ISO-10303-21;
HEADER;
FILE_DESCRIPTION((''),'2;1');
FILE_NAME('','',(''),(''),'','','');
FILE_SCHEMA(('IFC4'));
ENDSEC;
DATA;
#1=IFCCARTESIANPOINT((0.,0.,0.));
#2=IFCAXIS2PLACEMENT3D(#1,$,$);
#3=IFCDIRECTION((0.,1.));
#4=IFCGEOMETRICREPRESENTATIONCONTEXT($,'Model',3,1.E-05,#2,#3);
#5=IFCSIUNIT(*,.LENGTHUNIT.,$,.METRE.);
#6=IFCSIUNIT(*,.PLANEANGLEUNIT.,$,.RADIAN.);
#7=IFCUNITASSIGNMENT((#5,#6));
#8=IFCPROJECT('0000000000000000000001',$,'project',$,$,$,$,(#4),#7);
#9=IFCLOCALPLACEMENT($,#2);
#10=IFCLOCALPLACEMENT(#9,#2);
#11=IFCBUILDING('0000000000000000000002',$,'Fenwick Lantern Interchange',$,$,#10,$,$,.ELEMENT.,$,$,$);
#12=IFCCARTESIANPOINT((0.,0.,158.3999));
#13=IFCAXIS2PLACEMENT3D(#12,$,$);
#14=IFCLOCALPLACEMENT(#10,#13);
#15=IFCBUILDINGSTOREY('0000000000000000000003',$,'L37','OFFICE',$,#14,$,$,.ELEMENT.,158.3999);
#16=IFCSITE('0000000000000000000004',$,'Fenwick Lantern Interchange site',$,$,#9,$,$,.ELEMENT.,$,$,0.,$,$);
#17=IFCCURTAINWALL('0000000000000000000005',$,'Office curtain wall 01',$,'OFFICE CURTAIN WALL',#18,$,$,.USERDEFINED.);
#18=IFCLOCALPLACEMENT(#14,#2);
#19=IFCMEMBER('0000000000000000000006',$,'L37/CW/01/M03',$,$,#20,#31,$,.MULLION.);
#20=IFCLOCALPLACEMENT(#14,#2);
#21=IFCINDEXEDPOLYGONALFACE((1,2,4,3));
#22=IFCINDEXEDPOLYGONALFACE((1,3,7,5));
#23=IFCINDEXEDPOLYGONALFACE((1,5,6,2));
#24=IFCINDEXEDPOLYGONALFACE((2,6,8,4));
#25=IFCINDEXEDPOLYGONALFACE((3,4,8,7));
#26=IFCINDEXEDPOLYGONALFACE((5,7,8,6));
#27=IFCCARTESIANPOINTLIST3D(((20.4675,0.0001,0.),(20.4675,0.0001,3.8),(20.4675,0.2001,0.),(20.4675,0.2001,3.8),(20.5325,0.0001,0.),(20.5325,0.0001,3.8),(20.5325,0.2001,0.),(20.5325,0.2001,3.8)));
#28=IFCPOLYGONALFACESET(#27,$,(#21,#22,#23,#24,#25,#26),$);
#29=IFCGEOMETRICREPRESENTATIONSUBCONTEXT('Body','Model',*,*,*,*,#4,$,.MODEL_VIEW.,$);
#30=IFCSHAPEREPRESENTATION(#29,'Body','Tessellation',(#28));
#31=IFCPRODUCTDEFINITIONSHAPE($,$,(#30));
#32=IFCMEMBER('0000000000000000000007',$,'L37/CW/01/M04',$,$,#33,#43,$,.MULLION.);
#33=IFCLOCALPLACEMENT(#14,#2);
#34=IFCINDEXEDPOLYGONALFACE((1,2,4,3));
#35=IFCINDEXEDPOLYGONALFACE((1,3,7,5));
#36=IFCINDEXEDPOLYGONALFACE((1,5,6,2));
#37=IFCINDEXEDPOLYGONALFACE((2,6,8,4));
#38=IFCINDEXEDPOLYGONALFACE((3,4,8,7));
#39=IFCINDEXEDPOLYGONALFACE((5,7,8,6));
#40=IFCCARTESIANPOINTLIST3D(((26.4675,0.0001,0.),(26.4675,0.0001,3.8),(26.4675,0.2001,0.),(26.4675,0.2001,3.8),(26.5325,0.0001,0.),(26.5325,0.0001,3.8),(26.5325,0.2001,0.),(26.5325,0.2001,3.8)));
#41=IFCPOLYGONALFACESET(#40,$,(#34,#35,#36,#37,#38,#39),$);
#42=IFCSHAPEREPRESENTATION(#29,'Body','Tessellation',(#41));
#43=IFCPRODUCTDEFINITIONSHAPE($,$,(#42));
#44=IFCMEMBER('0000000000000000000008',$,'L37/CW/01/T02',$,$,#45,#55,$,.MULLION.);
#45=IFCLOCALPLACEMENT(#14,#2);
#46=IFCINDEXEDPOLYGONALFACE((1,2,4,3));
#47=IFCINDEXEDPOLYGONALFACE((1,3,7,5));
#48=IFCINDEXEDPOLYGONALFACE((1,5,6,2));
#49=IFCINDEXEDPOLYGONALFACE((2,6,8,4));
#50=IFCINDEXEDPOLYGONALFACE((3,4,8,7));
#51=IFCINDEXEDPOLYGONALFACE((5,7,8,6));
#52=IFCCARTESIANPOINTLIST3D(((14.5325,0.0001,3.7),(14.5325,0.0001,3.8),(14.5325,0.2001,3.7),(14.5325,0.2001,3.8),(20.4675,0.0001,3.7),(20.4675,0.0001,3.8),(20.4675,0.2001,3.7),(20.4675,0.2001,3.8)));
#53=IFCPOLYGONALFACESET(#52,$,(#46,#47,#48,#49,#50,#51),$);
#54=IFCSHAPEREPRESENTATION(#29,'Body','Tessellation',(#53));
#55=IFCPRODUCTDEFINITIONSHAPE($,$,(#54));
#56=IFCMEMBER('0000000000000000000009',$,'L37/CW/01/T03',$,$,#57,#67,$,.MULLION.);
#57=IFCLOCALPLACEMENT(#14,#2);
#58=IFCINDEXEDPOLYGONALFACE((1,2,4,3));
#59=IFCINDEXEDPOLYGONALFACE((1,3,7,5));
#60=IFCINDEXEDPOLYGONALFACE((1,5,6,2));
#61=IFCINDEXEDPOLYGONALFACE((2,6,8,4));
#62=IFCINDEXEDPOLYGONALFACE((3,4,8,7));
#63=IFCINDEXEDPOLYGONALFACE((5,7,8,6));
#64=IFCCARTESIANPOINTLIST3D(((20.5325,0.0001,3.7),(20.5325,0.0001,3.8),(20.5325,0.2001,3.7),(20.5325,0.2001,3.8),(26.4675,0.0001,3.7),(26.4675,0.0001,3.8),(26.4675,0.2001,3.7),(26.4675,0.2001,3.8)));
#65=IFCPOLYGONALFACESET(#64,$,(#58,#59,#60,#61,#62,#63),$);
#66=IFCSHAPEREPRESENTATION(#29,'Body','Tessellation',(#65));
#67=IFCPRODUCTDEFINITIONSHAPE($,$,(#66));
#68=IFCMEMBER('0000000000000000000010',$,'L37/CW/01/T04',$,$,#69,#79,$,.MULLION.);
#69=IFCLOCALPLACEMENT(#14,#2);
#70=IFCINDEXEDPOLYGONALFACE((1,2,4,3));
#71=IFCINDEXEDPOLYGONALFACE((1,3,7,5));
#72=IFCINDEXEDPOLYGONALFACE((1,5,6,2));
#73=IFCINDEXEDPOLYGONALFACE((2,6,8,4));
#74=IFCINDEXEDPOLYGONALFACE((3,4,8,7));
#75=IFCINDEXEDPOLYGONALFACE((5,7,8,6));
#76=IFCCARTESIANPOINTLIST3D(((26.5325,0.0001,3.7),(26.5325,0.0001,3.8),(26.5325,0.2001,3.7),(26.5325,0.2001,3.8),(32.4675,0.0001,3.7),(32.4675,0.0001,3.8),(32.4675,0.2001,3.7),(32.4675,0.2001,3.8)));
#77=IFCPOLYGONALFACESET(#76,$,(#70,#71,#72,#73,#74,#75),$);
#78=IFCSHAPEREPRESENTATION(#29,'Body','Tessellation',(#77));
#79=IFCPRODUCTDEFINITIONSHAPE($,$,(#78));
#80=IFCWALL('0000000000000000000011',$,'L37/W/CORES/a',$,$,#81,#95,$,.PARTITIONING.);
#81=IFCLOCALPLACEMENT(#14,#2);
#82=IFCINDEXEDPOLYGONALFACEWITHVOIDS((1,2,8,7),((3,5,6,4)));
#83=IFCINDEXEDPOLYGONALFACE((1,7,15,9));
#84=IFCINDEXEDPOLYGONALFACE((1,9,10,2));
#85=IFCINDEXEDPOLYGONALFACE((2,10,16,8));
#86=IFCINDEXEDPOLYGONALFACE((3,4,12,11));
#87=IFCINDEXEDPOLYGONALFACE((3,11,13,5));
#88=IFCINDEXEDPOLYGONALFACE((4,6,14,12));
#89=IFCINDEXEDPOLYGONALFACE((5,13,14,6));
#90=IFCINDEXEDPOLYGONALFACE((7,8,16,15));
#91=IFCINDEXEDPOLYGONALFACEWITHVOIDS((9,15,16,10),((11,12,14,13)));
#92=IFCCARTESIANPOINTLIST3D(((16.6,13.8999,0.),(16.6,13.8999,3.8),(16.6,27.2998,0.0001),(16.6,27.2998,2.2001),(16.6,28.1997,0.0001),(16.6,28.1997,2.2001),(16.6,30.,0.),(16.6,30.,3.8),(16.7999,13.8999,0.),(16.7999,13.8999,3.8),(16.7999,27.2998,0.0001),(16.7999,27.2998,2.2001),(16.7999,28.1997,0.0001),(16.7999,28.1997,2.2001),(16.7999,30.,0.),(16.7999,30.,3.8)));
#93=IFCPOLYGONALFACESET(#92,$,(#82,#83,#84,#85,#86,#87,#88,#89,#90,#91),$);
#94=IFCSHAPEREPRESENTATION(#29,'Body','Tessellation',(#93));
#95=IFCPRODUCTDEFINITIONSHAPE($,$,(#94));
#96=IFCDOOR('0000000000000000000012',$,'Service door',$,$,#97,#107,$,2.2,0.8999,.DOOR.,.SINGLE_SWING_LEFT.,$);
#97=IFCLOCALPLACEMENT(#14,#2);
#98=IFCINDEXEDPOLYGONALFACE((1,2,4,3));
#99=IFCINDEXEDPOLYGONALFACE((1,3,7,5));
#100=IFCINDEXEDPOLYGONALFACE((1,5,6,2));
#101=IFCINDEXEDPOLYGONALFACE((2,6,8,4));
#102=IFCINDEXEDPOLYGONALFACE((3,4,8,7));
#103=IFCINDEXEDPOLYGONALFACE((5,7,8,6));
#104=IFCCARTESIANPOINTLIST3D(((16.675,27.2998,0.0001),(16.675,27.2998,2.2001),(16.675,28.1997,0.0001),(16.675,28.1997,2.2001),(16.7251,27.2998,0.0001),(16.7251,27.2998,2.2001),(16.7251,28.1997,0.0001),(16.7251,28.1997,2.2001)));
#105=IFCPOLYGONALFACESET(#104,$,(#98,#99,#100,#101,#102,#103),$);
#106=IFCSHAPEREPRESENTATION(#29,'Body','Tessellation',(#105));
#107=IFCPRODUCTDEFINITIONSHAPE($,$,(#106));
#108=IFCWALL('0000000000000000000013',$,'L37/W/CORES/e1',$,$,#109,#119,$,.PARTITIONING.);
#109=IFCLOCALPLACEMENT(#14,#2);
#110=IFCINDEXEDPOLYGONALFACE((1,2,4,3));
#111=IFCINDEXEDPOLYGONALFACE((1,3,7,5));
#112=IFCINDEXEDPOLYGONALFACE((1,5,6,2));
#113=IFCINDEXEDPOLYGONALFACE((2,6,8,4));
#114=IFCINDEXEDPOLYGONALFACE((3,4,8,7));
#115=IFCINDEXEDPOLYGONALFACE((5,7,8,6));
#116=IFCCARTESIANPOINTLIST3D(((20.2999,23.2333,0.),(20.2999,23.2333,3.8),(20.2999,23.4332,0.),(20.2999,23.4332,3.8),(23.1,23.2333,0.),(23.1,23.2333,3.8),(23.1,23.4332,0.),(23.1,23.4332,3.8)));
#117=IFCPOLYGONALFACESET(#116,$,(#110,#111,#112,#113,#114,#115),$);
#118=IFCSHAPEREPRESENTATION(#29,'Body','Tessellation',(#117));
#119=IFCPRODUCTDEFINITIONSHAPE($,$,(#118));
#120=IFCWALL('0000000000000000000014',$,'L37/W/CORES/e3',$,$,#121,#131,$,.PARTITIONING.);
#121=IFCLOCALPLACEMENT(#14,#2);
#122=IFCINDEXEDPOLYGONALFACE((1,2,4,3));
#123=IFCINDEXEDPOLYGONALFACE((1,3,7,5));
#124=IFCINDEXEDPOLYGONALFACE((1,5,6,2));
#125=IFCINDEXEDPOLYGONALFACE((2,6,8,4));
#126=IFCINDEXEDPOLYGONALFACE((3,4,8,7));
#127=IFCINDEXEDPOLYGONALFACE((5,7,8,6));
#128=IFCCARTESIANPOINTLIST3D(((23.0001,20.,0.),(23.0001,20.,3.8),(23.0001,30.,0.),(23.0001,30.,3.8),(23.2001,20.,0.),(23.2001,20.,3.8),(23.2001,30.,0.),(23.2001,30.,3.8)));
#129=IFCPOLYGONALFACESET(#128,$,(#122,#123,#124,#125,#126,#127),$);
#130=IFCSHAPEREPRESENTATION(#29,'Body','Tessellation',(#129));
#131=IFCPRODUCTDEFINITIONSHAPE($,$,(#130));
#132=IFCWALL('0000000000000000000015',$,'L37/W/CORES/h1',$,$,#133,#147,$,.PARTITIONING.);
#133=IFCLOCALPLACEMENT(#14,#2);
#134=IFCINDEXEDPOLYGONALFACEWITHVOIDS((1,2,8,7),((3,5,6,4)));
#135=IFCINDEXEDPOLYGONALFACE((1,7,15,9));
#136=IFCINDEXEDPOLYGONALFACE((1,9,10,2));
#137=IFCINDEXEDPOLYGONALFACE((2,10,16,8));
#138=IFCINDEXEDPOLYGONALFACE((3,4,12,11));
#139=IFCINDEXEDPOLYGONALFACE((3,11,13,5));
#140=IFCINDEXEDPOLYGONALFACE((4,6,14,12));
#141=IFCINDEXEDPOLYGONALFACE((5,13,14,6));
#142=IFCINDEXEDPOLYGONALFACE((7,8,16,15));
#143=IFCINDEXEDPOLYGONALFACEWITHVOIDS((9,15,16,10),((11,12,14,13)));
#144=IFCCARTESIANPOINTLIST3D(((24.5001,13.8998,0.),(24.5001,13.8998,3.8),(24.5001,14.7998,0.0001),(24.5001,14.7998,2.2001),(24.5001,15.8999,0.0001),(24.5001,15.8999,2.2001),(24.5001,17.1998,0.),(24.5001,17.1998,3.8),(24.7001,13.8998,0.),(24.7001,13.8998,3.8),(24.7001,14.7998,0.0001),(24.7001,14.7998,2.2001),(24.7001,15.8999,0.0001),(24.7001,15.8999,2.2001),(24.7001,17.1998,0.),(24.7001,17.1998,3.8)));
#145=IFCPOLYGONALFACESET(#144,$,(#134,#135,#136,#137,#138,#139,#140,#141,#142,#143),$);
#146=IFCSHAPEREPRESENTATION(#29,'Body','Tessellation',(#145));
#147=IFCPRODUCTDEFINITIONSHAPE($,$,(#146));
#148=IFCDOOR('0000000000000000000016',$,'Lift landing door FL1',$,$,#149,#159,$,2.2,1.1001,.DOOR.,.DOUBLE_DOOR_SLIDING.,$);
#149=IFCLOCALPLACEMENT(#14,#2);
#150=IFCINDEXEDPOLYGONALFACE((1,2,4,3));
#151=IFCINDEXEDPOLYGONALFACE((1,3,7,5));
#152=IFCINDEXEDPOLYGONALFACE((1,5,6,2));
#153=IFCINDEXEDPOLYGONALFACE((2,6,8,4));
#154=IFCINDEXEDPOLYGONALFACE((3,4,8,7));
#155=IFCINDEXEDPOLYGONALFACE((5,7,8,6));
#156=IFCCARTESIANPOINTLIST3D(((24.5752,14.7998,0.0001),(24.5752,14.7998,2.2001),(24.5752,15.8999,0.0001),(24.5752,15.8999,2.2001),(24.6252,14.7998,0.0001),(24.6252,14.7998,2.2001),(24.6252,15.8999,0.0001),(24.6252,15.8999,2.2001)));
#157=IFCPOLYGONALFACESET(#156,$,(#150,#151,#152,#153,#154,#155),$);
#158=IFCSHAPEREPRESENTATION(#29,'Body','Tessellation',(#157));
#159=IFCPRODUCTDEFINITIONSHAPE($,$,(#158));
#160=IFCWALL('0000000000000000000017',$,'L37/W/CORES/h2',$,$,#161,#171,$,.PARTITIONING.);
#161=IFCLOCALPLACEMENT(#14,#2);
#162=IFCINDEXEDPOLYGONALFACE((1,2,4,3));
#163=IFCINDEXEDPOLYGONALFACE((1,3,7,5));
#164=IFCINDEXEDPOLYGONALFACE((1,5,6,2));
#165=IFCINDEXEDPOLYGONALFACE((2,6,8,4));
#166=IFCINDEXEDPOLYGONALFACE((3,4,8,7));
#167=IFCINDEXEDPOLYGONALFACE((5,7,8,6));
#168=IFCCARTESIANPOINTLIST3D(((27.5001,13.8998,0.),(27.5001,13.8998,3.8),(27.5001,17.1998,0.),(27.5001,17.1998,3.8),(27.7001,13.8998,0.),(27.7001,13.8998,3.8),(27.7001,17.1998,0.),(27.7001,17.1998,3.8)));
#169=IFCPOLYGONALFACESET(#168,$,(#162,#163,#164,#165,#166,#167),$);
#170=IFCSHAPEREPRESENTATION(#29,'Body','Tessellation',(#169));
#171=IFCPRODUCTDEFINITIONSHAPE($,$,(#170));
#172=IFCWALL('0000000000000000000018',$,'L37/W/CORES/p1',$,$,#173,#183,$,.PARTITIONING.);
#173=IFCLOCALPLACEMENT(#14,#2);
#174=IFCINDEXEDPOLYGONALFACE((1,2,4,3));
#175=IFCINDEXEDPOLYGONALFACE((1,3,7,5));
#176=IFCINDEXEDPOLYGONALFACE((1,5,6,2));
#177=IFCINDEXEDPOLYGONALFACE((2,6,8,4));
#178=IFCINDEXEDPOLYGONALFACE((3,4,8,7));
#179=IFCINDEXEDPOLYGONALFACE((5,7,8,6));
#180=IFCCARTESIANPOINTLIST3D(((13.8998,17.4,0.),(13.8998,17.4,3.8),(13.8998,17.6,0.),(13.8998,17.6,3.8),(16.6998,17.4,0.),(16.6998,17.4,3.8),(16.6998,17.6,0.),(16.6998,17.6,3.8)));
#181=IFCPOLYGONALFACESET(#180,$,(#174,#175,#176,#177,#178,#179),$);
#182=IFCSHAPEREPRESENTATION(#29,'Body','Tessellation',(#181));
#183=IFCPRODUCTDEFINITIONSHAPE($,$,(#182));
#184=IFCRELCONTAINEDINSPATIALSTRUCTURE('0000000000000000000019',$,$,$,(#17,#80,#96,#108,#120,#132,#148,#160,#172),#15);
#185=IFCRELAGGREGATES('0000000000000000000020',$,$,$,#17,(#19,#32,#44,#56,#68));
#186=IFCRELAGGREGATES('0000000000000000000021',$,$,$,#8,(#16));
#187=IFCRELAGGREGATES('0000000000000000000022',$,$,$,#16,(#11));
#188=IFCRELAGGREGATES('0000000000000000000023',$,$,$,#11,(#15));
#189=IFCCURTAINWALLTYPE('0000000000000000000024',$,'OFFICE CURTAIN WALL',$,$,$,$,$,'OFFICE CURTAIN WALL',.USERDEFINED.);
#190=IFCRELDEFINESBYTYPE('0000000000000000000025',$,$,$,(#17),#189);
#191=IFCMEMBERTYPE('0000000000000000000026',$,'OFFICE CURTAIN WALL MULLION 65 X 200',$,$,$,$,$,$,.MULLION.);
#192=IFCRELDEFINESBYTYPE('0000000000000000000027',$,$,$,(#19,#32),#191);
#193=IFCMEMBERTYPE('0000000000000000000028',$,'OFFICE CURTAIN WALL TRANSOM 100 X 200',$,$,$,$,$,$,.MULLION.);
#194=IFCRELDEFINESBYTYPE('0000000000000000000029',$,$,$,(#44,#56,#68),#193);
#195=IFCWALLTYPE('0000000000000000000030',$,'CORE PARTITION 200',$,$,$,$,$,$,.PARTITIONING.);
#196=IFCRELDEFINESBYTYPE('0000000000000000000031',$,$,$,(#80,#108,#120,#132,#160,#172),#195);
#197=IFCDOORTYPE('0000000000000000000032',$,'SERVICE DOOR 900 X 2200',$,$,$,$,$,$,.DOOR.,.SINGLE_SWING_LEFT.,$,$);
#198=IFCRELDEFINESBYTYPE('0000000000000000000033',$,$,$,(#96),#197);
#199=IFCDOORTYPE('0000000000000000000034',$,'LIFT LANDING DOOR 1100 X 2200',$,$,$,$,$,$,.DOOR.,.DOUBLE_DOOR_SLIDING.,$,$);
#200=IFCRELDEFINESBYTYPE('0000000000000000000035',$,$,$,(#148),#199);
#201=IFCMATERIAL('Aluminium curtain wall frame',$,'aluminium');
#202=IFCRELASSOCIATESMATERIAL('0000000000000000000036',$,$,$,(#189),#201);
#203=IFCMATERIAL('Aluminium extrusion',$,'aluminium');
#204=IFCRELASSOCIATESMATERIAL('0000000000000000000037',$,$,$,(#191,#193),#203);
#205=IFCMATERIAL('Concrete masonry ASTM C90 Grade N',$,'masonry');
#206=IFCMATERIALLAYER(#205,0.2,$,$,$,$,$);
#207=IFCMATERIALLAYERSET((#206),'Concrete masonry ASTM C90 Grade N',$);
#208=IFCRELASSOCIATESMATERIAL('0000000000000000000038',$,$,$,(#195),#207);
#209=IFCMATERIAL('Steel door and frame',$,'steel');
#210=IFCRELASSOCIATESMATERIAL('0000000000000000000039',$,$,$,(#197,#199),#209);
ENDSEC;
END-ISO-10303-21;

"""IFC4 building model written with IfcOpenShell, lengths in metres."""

from ifc_helpers import new_model, si_unit, direction, frame, frame_2d, origin, origin_2d, place, context, subcontext, project, spatial, rectangle, extrude, material, layer, layer_set, material_profile, profile_set, type_object, element, fill, aggregate, save


model = new_model("IFC4")

# Units and contexts
model_context = context("Model", 3, precision=1e-05, world=origin(), true_north=direction((0.0, 1.0)))
body_context = subcontext(model_context, "Body", "Model", "MODEL_VIEW")
ifc_project = project(units=[si_unit("LENGTHUNIT", "METRE"), si_unit("PLANEANGLEUNIT", "RADIAN")], contexts=[model_context])

# Site, building, storey
site_placement = place(None, origin())
site = spatial("IfcSite", under=ifc_project, at=site_placement, Name="Fenwick Lantern Interchange site", CompositionType="ELEMENT", RefElevation=0.0)
building_placement = place(site_placement, origin())
building = spatial("IfcBuilding", under=site, at=building_placement, Name="Fenwick Lantern Interchange", CompositionType="ELEMENT")
storey_placement = place(building_placement, frame((0.0, 0.0, 158.3999)))
storey = spatial("IfcBuildingStorey", under=building, at=storey_placement, Name="L37", Description="OFFICE", CompositionType="ELEMENT", Elevation=158.3999)

# Curtain wall, members
ifc_material_1 = material(Name="Aluminium curtain wall frame", Category="aluminium")
curtain_wall_type = type_object("IfcCurtainWallType", Name="OFFICE CURTAIN WALL", ElementType="OFFICE CURTAIN WALL", PredefinedType="USERDEFINED", material=ifc_material_1)
curtain_wall_placement = place(storey_placement, origin())
curtain_wall = element("IfcCurtainWall", 1, at=curtain_wall_placement, inside=storey, type_object=curtain_wall_type, Name="Office curtain wall 01", ObjectType="OFFICE CURTAIN WALL", PredefinedType="USERDEFINED")
ifc_material_2 = material(Name="Aluminium extrusion", Category="aluminium")
ifc_material_profile_1 = material_profile(ifc_material_2, rectangle(XDim=0.2, YDim=0.0649, at=origin_2d()), Name="OFFICE CURTAIN WALL MULLION 65 X 200")
ifc_profile_set_1 = profile_set([ifc_material_profile_1], Name="Aluminium extrusion")
member_type_1 = type_object("IfcMemberType", Name="OFFICE CURTAIN WALL MULLION 65 X 200", PredefinedType="MULLION", material=ifc_profile_set_1)
member_1_placement = place(storey_placement, frame((20.5, 0.1001, 0.0), z_axis=(0.0, 0.0, 1.0), x_axis=(0.0, 1.0, 0.0)))
member_1 = element("IfcMember", 2, at=member_1_placement, type_object=member_type_1, Name="L37/CW/01/M03", PredefinedType="MULLION", context=body_context, shape_type="SweptSolid", body=[
    extrude(rectangle(XDim=0.2, YDim=0.0649, at=origin_2d()), origin(), (0.0, 0.0, 1.0), 3.8),
])
member_2_placement = place(storey_placement, frame((26.5, 0.1001, 0.0), z_axis=(0.0, 0.0, 1.0), x_axis=(0.0, 1.0, 0.0)))
member_2 = element("IfcMember", 3, at=member_2_placement, type_object=member_type_1, Name="L37/CW/01/M04", PredefinedType="MULLION", context=body_context, shape_type="SweptSolid", body=[
    extrude(rectangle(XDim=0.2, YDim=0.0649, at=origin_2d()), origin(), (0.0, 0.0, 1.0), 3.8),
])
ifc_material_profile_2 = material_profile(ifc_material_2, rectangle(XDim=0.2, YDim=0.1001, at=origin_2d()), Name="OFFICE CURTAIN WALL TRANSOM 100 X 200")
ifc_profile_set_2 = profile_set([ifc_material_profile_2], Name="Aluminium extrusion")
member_type_2 = type_object("IfcMemberType", Name="OFFICE CURTAIN WALL TRANSOM 100 X 200", PredefinedType="MULLION", material=ifc_profile_set_2)
member_3_placement = place(storey_placement, frame((14.5325, 0.1001, 3.75), z_axis=(1.0, 0.0, 0.0), x_axis=(0.0, 1.0, 0.0)))
member_3 = element("IfcMember", 4, at=member_3_placement, type_object=member_type_2, Name="L37/CW/01/T02", PredefinedType="MULLION", context=body_context, shape_type="SweptSolid", body=[
    extrude(rectangle(XDim=0.2, YDim=0.1001, at=origin_2d()), origin(), (0.0, 0.0, 1.0), 5.9351),
])
member_4_placement = place(storey_placement, frame((20.5325, 0.1001, 3.75), z_axis=(1.0, 0.0, 0.0), x_axis=(0.0, 1.0, 0.0)))
member_4 = element("IfcMember", 5, at=member_4_placement, type_object=member_type_2, Name="L37/CW/01/T03", PredefinedType="MULLION", context=body_context, shape_type="SweptSolid", body=[
    extrude(rectangle(XDim=0.2, YDim=0.1001, at=origin_2d()), origin(), (0.0, 0.0, 1.0), 5.9351),
])
member_5_placement = place(storey_placement, frame((26.5325, 0.1001, 3.75), z_axis=(1.0, 0.0, 0.0), x_axis=(0.0, 1.0, 0.0)))
member_5 = element("IfcMember", 6, at=member_5_placement, type_object=member_type_2, Name="L37/CW/01/T04", PredefinedType="MULLION", context=body_context, shape_type="SweptSolid", body=[
    extrude(rectangle(XDim=0.2, YDim=0.1001, at=origin_2d()), origin(), (0.0, 0.0, 1.0), 5.9351),
])
aggregate(curtain_wall, [member_1, member_2, member_3, member_4, member_5])

# Wall, opening, door
ifc_material_3 = material(Name="Concrete masonry ASTM C90 Grade N", Category="masonry")
ifc_layer_1 = layer(ifc_material_3, 0.2)
ifc_layer_set_1 = layer_set([ifc_layer_1], Name="Concrete masonry ASTM C90 Grade N")
wall_type_1 = type_object("IfcWallType", Name="CORE PARTITION 200", PredefinedType="PARTITIONING", material=ifc_layer_set_1)
wall_1_placement = place(storey_placement, frame((16.7, 13.8999, 0.0), z_axis=(0.0, 0.0, 1.0), x_axis=(0.0, 1.0, 0.0)))
wall_1 = element("IfcWall", 7, at=wall_1_placement, inside=storey, type_object=wall_type_1, Name="L37/W/CORES/a", PredefinedType="PARTITIONING", context=body_context, shape_type="SweptSolid", body=[
    extrude(rectangle(XDim=16.1001, YDim=0.2, at=frame_2d((8.05, 0.0))), origin(), (0.0, 0.0, 1.0), 3.8),
])
opening_1_placement = place(wall_1_placement, frame((13.3999, 0.0, 0.0)))
opening_1 = element("IfcOpeningElement", 8, at=opening_1_placement, cuts=wall_1, PredefinedType="OPENING", context=body_context, shape_type="SweptSolid", body=[
    extrude(rectangle(XDim=0.8999, YDim=2.2, at=frame_2d((0.45, 1.1001))), frame((0.0, 0.1099, 0.0), z_axis=(0.0, -1.0, 0.0), x_axis=(1.0, 0.0, 0.0)), (0.0, 0.0, 1.0), 0.22),
])
ifc_material_4 = material(Name="Steel door and frame", Category="steel")
door_type_1 = type_object("IfcDoorType", Name="SERVICE DOOR 900 X 2200", OperationType="SINGLE_SWING_LEFT", PredefinedType="DOOR", material=ifc_material_4)
door_1_placement = place(opening_1_placement, origin())
door_1 = element("IfcDoor", 9, at=door_1_placement, inside=storey, type_object=door_type_1, Name="Service door", OperationType="SINGLE_SWING_LEFT", OverallHeight=2.2, OverallWidth=0.8999, PredefinedType="DOOR", context=body_context, shape_type="SweptSolid", body=[
    extrude(rectangle(XDim=0.8999, YDim=2.2, at=frame_2d((0.45, 1.1001))), frame((0.0, 0.0249, 0.0), z_axis=(0.0, -1.0, 0.0), x_axis=(1.0, 0.0, 0.0)), (0.0, 0.0, 1.0), 0.05),
])
fill(opening_1, door_1)

# Walls
wall_2_placement = place(storey_placement, frame((20.3, 23.3333, 0.0), z_axis=(0.0, 0.0, 1.0), x_axis=(1.0, 0.0, 0.0)))
element("IfcWall", 10, at=wall_2_placement, inside=storey, type_object=wall_type_1, Name="L37/W/CORES/e1", PredefinedType="PARTITIONING", context=body_context, shape_type="SweptSolid", body=[
    extrude(rectangle(XDim=2.8, YDim=0.2, at=frame_2d((1.3999, 0.0))), origin(), (0.0, 0.0, 1.0), 3.8),
])
wall_3_placement = place(storey_placement, frame((23.1001, 20.0, 0.0), z_axis=(0.0, 0.0, 1.0), x_axis=(0.0, 1.0, 0.0)))
element("IfcWall", 11, at=wall_3_placement, inside=storey, type_object=wall_type_1, Name="L37/W/CORES/e3", PredefinedType="PARTITIONING", context=body_context, shape_type="SweptSolid", body=[
    extrude(rectangle(XDim=10.0, YDim=0.2, at=frame_2d((5.0, 0.0))), origin(), (0.0, 0.0, 1.0), 3.8),
])

# Wall, opening, door
wall_4_placement = place(storey_placement, frame((24.6001, 13.8999, 0.0), z_axis=(0.0, 0.0, 1.0), x_axis=(0.0, 1.0, 0.0)))
wall_4 = element("IfcWall", 12, at=wall_4_placement, inside=storey, type_object=wall_type_1, Name="L37/W/CORES/h1", PredefinedType="PARTITIONING", context=body_context, shape_type="SweptSolid", body=[
    extrude(rectangle(XDim=3.3, YDim=0.2, at=frame_2d((1.6499, 0.0))), origin(), (0.0, 0.0, 1.0), 3.8),
])
opening_2_placement = place(wall_4_placement, frame((0.8999, 0.0, 0.0)))
opening_2 = element("IfcOpeningElement", 13, at=opening_2_placement, cuts=wall_4, PredefinedType="OPENING", context=body_context, shape_type="SweptSolid", body=[
    extrude(rectangle(XDim=1.1001, YDim=2.2, at=frame_2d((0.55, 1.1001))), frame((0.0, 0.1099, 0.0), z_axis=(0.0, -1.0, 0.0), x_axis=(1.0, 0.0, 0.0)), (0.0, 0.0, 1.0), 0.22),
])
door_type_2 = type_object("IfcDoorType", Name="LIFT LANDING DOOR 1100 X 2200", OperationType="DOUBLE_DOOR_SLIDING", PredefinedType="DOOR", material=ifc_material_4)
door_2_placement = place(opening_2_placement, origin())
door_2 = element("IfcDoor", 14, at=door_2_placement, inside=storey, type_object=door_type_2, Name="Lift landing door FL1", OperationType="DOUBLE_DOOR_SLIDING", OverallHeight=2.2, OverallWidth=1.1001, PredefinedType="DOOR", context=body_context, shape_type="SweptSolid", body=[
    extrude(rectangle(XDim=1.1001, YDim=2.2, at=frame_2d((0.55, 1.1001))), frame((0.0, 0.0249, 0.0), z_axis=(0.0, -1.0, 0.0), x_axis=(1.0, 0.0, 0.0)), (0.0, 0.0, 1.0), 0.05),
])
fill(opening_2, door_2)

# Walls
wall_5_placement = place(storey_placement, frame((27.6001, 13.8999, 0.0), z_axis=(0.0, 0.0, 1.0), x_axis=(0.0, 1.0, 0.0)))
element("IfcWall", 15, at=wall_5_placement, inside=storey, type_object=wall_type_1, Name="L37/W/CORES/h2", PredefinedType="PARTITIONING", context=body_context, shape_type="SweptSolid", body=[
    extrude(rectangle(XDim=3.3, YDim=0.2, at=frame_2d((1.6499, 0.0))), origin(), (0.0, 0.0, 1.0), 3.8),
])
wall_6_placement = place(storey_placement, frame((13.8999, 17.5, 0.0), z_axis=(0.0, 0.0, 1.0), x_axis=(1.0, 0.0, 0.0)))
element("IfcWall", 16, at=wall_6_placement, inside=storey, type_object=wall_type_1, Name="L37/W/CORES/p1", PredefinedType="PARTITIONING", context=body_context, shape_type="SweptSolid", body=[
    extrude(rectangle(XDim=2.8, YDim=0.2, at=frame_2d((1.3999, 0.0))), origin(), (0.0, 0.0, 1.0), 3.8),
])

save(model, "model.ifc")
